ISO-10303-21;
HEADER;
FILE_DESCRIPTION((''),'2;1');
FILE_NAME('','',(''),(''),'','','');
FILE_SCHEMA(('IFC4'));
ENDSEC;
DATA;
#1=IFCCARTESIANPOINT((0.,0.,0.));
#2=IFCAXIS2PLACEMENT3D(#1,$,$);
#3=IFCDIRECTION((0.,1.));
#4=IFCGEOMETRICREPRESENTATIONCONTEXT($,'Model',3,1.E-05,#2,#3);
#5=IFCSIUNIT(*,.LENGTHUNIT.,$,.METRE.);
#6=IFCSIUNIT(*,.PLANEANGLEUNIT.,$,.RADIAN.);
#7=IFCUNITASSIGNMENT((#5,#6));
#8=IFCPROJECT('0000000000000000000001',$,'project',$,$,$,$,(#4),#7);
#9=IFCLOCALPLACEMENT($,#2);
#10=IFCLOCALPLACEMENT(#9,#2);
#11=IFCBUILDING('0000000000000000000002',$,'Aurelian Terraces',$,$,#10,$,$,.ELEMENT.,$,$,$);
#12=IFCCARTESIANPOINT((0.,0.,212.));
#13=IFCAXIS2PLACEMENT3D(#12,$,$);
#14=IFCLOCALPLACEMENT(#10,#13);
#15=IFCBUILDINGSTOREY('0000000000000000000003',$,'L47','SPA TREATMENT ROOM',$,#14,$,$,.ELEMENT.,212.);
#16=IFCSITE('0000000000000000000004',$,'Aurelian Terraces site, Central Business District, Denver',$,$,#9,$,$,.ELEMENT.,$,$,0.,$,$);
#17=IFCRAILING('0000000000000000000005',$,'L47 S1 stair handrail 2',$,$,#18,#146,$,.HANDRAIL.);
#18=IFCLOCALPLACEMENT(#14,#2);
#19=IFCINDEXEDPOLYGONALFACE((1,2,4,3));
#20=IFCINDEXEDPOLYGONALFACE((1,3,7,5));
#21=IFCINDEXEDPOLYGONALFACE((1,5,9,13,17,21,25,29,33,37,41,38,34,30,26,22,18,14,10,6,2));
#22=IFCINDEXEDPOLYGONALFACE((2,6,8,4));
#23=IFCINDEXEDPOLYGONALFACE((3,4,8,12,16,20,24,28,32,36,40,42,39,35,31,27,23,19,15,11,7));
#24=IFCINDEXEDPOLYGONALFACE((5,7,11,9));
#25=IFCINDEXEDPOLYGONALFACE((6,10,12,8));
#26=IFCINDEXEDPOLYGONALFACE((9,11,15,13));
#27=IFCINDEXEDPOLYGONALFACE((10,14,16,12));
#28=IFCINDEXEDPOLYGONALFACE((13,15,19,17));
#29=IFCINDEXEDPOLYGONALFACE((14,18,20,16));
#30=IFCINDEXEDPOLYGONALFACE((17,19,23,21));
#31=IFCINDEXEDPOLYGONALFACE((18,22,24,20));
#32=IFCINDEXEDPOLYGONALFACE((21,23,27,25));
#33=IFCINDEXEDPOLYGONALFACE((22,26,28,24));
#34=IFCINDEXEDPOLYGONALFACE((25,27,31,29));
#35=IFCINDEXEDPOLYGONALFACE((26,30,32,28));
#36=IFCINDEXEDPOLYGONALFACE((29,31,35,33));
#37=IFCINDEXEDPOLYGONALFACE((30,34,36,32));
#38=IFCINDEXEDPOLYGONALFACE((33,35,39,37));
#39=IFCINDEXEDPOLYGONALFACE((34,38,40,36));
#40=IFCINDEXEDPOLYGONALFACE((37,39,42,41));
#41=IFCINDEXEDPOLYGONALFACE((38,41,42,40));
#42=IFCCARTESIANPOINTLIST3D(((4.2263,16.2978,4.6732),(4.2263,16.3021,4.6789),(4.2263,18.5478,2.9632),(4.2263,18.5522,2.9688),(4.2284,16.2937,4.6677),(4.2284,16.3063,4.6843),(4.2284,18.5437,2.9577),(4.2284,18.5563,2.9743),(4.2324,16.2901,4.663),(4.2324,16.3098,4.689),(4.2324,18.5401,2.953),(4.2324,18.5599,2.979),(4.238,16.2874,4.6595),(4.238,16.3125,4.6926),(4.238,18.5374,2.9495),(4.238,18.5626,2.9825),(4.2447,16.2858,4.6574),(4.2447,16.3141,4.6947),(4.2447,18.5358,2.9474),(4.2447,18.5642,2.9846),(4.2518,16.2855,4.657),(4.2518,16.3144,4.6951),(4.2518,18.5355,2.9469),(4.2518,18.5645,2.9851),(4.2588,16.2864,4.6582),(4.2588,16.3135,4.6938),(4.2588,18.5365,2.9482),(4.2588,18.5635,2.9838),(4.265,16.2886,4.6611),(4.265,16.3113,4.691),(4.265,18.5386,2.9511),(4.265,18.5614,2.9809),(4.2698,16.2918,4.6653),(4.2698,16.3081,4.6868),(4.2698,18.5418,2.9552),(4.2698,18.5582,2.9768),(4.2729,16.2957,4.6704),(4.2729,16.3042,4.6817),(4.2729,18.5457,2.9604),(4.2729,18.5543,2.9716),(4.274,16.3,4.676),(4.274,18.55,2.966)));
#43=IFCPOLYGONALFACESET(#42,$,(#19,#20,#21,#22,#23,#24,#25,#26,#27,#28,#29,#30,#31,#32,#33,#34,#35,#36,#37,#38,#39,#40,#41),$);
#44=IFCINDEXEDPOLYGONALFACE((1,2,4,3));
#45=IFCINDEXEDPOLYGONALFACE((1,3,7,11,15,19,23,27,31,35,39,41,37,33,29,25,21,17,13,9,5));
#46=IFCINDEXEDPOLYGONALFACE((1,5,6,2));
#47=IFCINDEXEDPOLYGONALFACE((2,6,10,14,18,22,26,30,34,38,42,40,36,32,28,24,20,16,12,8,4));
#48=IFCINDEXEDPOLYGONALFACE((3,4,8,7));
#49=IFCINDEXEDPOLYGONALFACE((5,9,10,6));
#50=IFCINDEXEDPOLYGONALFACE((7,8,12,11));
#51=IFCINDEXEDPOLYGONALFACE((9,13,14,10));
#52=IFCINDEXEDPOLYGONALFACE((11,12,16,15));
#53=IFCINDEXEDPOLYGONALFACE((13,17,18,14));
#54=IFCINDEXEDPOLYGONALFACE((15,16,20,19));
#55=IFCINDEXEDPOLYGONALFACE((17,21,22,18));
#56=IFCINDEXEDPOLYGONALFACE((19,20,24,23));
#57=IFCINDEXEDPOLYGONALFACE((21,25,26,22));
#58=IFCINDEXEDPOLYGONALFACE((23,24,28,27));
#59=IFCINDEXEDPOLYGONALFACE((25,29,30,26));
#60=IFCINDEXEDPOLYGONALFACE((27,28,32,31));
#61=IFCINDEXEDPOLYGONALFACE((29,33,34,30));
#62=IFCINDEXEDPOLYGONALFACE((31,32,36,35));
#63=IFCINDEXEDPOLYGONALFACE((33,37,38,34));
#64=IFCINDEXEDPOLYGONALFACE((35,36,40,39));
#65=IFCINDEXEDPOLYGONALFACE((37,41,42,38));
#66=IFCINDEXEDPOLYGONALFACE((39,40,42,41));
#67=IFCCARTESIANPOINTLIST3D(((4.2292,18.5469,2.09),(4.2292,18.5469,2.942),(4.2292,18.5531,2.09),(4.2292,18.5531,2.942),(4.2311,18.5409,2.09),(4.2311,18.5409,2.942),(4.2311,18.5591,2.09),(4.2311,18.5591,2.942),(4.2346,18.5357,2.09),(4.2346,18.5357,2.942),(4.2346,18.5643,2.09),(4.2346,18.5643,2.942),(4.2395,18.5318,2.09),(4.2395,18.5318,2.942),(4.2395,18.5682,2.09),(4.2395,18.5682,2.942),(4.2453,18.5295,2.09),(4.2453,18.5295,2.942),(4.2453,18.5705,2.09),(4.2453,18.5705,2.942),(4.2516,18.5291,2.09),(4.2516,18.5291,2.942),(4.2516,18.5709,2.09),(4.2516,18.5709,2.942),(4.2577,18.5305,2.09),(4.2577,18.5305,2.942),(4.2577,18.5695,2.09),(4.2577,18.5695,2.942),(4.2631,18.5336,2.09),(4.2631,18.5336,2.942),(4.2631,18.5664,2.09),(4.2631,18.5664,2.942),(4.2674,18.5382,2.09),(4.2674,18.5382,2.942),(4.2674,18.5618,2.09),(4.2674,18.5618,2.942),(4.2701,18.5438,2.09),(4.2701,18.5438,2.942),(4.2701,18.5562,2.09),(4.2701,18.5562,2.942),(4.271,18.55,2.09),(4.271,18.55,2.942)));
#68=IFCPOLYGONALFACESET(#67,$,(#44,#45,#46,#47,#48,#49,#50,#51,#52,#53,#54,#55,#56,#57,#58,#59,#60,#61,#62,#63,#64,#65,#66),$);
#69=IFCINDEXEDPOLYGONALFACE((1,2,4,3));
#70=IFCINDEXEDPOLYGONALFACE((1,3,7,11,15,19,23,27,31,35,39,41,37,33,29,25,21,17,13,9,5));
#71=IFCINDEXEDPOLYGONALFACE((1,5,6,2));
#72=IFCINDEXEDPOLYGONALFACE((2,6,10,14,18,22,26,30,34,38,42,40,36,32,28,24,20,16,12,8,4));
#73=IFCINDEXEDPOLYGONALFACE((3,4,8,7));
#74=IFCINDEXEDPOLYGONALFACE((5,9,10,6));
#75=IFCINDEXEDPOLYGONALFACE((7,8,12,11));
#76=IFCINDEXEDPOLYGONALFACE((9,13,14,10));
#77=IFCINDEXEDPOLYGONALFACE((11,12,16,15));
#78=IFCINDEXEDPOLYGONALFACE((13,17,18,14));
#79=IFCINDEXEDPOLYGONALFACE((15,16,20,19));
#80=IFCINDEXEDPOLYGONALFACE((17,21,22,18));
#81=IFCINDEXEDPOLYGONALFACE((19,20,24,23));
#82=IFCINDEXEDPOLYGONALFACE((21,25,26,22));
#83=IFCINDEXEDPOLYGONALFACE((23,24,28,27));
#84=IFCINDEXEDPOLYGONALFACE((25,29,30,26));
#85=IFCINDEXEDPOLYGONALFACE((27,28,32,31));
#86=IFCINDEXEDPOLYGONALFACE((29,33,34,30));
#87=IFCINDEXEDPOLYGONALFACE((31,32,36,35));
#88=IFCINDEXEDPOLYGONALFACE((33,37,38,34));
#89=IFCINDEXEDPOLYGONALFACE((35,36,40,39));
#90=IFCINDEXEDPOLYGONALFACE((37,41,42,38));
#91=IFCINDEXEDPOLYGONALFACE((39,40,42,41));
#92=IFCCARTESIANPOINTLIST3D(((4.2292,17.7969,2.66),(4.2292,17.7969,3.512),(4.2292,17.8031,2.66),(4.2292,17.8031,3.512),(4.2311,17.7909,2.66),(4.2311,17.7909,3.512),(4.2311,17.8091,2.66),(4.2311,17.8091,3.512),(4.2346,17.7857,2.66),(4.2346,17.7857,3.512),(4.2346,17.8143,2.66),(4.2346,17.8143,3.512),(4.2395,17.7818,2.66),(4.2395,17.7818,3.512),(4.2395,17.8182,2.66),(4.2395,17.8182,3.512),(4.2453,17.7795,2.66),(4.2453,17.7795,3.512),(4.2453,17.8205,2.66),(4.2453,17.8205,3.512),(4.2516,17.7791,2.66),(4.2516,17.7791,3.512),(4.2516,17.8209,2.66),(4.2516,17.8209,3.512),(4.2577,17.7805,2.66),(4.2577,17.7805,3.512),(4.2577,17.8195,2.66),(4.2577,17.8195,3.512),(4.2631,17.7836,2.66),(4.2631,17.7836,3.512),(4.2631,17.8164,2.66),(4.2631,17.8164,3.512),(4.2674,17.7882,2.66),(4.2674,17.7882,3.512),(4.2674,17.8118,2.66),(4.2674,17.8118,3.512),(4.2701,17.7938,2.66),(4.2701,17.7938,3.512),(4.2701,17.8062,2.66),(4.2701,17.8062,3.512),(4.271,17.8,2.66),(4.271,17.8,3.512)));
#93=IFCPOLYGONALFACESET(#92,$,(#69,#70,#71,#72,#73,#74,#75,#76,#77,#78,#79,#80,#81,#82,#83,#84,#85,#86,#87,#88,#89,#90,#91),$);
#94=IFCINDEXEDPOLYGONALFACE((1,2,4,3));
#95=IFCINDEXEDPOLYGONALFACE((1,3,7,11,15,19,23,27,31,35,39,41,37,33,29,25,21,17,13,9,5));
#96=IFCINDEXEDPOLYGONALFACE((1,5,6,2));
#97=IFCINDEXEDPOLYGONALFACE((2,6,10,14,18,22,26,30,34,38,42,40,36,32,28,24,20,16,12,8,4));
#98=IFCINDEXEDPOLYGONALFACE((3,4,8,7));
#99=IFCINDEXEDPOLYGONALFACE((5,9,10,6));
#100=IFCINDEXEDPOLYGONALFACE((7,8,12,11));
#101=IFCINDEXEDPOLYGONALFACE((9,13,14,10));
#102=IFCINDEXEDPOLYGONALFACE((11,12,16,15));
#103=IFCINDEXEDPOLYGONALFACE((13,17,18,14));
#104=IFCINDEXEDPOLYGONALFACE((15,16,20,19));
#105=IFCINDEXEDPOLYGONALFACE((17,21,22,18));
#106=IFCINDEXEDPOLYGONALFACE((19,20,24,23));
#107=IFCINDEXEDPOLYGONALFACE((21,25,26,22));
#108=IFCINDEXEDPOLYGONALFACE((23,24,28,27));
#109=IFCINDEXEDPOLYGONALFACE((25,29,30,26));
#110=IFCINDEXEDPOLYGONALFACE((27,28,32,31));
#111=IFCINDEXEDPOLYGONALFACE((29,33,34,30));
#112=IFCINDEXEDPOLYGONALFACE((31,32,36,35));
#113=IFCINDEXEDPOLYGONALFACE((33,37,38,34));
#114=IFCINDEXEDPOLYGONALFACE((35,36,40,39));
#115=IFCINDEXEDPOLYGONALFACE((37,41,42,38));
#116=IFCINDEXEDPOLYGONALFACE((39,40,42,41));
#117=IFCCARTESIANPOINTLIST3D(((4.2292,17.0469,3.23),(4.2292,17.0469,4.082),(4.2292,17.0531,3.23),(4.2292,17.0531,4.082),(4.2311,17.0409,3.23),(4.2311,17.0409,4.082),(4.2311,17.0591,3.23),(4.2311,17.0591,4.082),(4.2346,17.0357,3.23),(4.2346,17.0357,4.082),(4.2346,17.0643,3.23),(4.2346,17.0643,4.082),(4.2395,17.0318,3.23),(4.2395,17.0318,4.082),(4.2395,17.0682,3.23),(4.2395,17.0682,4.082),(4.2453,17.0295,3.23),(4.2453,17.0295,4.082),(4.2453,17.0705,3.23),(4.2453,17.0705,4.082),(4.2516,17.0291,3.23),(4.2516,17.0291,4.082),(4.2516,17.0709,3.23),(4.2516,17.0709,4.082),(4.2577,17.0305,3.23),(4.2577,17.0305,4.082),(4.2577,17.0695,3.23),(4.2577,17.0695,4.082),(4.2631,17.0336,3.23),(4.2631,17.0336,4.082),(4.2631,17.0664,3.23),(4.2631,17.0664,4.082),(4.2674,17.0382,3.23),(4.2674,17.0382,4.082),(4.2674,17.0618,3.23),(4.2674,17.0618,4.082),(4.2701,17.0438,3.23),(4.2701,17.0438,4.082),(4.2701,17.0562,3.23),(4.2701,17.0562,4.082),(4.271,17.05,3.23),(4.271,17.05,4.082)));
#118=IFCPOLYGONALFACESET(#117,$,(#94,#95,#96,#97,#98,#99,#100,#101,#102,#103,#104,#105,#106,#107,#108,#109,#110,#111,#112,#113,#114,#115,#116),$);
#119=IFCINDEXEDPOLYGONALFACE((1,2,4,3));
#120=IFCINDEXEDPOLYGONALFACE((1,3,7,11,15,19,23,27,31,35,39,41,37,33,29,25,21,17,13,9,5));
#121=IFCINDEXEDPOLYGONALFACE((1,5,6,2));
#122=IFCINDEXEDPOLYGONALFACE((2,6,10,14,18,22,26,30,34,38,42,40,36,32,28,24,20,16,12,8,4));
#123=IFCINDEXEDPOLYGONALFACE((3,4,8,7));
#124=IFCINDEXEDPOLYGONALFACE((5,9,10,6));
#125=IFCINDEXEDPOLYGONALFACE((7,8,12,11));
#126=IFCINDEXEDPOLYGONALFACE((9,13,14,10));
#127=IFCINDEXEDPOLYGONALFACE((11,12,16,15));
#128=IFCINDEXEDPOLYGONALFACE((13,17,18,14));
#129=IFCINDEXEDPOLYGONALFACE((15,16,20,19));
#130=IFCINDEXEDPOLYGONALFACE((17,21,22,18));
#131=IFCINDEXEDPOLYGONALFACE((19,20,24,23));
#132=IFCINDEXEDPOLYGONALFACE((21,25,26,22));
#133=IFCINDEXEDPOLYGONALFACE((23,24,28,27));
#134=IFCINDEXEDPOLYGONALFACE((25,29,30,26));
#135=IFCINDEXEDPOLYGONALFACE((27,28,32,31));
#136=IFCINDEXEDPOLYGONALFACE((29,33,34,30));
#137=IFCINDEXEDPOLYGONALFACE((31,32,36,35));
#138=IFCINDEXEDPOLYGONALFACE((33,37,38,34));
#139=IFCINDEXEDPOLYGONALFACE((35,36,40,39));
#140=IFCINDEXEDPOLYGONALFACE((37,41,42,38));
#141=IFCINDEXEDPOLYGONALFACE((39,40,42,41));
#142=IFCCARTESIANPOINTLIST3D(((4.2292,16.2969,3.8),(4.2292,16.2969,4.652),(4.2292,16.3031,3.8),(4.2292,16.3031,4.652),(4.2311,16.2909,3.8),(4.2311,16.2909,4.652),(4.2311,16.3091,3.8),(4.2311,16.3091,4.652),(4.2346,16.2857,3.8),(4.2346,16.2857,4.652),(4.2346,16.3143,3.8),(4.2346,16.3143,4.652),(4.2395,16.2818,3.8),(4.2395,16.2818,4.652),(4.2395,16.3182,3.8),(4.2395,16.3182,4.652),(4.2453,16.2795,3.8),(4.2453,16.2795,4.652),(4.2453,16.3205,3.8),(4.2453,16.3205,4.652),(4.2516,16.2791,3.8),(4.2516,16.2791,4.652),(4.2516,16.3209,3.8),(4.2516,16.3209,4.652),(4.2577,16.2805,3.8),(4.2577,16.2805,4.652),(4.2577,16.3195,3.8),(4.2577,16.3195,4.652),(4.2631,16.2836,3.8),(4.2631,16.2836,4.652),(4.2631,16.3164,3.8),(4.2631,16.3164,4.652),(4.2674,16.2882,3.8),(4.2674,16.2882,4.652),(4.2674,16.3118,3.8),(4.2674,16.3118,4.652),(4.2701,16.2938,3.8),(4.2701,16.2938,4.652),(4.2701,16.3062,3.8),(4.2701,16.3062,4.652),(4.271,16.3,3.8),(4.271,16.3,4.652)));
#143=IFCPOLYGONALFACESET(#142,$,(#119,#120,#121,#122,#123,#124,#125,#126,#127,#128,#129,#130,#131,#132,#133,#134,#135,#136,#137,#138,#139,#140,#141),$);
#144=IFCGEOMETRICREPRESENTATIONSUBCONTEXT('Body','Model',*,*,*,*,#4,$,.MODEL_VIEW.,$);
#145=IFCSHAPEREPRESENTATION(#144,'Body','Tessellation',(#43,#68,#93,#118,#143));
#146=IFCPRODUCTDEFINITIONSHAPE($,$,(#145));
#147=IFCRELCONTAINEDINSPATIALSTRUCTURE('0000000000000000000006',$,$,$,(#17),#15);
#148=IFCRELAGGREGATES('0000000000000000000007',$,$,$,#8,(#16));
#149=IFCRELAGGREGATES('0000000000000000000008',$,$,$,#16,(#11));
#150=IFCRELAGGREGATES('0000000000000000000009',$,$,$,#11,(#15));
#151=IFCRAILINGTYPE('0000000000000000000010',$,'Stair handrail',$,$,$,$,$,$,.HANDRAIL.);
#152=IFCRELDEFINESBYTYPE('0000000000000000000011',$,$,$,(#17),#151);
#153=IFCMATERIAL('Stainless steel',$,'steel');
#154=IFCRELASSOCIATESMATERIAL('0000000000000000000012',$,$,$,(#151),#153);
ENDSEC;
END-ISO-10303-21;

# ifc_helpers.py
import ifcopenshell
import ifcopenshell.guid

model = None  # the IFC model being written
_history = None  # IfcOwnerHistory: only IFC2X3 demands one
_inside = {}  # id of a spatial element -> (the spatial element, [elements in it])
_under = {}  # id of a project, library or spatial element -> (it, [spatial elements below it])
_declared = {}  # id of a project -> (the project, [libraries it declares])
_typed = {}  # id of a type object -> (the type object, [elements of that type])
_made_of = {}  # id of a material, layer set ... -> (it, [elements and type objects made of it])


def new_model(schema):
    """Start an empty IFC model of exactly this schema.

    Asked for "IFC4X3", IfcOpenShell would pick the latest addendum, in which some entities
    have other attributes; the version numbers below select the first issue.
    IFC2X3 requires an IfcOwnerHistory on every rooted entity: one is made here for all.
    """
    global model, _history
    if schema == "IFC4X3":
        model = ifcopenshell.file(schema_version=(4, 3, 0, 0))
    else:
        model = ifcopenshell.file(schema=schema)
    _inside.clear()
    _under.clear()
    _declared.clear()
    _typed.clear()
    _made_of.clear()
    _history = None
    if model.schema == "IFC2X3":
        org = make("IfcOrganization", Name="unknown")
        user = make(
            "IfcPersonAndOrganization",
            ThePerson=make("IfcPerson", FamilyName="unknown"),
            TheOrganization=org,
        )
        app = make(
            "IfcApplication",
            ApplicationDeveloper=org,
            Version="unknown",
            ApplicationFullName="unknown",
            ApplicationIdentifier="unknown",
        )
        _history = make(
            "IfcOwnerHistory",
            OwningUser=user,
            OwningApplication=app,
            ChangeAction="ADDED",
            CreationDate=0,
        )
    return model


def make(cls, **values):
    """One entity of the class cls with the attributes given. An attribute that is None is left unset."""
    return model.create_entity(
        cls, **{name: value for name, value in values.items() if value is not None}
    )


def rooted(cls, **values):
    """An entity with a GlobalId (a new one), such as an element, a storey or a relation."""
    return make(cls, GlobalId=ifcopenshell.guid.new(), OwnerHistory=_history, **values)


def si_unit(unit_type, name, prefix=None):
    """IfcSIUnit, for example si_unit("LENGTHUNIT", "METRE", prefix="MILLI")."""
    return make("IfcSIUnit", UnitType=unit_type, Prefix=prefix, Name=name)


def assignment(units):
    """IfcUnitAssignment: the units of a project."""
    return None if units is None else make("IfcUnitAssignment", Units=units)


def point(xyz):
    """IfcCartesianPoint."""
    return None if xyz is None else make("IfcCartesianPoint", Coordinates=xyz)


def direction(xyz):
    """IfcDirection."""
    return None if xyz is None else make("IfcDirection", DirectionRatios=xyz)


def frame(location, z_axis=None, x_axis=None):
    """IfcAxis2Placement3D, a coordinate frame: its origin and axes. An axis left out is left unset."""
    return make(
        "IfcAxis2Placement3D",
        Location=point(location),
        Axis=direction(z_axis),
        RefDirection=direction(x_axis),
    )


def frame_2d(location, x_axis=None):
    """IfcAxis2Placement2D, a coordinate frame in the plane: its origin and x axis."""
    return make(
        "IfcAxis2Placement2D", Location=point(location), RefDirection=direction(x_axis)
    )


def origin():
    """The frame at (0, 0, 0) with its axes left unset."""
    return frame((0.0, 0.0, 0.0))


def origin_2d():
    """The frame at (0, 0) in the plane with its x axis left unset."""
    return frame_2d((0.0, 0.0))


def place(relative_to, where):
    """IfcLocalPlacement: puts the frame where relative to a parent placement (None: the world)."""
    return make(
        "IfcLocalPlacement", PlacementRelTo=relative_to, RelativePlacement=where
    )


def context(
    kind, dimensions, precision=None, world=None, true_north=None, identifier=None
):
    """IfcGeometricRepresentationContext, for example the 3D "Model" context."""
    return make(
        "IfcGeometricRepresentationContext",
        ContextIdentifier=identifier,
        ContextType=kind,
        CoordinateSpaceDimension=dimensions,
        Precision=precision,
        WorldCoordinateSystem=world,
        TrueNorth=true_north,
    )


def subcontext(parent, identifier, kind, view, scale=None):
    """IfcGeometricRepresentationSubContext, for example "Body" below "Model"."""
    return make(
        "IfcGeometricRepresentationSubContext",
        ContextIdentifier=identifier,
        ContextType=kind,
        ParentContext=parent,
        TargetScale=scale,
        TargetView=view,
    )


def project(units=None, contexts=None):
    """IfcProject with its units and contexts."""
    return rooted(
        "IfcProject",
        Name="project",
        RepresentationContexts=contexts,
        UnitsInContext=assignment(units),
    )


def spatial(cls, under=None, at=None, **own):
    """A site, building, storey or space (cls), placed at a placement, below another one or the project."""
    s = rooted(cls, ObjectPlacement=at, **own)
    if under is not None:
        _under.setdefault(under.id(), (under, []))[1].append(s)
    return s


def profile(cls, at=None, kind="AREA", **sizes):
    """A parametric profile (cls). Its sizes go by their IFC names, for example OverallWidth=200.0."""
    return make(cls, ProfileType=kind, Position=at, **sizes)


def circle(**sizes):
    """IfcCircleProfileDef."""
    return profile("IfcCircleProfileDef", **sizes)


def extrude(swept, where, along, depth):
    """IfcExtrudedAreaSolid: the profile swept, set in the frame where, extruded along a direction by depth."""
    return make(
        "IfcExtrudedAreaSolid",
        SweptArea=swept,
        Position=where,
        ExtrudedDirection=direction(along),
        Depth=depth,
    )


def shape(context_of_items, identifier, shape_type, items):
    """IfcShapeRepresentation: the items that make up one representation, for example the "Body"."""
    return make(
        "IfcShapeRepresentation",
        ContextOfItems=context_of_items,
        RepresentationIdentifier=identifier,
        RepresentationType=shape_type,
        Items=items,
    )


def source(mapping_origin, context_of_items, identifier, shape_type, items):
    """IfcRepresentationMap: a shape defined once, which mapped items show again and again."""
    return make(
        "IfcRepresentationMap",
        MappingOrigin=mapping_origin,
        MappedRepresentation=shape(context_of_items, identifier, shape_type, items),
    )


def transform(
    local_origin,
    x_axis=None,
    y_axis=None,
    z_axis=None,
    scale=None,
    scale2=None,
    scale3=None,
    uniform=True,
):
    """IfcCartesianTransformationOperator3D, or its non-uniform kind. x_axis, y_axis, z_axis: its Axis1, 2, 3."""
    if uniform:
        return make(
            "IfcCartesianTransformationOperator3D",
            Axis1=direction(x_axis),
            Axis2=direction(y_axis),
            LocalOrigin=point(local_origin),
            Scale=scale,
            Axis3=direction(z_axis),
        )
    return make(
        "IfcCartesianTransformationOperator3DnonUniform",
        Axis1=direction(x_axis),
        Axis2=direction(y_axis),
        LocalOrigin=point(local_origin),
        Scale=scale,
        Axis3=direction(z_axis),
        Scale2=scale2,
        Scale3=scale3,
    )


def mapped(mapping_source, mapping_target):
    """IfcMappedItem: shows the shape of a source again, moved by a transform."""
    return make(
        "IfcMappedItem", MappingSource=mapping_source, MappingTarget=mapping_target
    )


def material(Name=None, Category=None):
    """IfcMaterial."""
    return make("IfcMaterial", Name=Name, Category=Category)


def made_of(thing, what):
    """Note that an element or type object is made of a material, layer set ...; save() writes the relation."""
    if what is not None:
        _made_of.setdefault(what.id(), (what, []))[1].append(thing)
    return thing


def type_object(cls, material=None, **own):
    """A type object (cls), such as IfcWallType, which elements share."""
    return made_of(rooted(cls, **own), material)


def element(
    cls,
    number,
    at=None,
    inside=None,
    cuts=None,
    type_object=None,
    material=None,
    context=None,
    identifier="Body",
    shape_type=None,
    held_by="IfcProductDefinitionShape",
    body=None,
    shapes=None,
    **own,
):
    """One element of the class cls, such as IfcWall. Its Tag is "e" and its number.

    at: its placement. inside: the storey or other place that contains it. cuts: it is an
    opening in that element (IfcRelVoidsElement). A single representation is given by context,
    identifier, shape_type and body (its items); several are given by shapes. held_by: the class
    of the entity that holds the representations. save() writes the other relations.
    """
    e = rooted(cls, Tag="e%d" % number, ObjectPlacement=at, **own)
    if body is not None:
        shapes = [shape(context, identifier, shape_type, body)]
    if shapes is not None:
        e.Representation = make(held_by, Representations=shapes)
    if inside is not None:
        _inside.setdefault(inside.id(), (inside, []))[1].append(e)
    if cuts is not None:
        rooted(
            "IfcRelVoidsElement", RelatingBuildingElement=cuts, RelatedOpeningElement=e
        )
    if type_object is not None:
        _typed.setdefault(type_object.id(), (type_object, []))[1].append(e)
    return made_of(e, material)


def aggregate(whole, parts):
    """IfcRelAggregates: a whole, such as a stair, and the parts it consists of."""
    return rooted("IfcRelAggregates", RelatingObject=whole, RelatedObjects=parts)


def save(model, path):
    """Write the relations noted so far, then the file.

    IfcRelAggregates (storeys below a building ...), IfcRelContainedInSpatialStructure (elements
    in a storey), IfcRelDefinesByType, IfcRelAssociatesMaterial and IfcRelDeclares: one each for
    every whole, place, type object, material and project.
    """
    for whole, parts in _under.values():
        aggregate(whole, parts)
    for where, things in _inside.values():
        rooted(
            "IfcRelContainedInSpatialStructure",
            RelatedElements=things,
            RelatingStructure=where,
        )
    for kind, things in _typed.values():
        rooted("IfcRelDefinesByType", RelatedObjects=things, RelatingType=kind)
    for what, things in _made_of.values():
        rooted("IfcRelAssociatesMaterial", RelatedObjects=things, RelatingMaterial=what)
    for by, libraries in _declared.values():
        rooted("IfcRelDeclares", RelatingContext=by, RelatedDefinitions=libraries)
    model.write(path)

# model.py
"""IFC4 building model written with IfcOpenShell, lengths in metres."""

from ifc_helpers import new_model, si_unit, direction, frame, origin, origin_2d, place, context, subcontext, project, spatial, circle, extrude, source, transform, mapped, material, type_object, element, save


model = new_model("IFC4")

# Units and contexts
model_context = context("Model", 3, precision=1e-05, world=origin(), true_north=direction((0.0, 1.0)))
body_context = subcontext(model_context, "Body", "Model", "MODEL_VIEW")
ifc_project = project(units=[si_unit("LENGTHUNIT", "METRE"), si_unit("PLANEANGLEUNIT", "RADIAN")], contexts=[model_context])

# Site, building, storey
site_placement = place(None, origin())
site = spatial("IfcSite", under=ifc_project, at=site_placement, Name="Aurelian Terraces site, Central Business District, Denver", CompositionType="ELEMENT", RefElevation=0.0)
building_placement = place(site_placement, origin())
building = spatial("IfcBuilding", under=site, at=building_placement, Name="Aurelian Terraces", CompositionType="ELEMENT")
storey_placement = place(building_placement, frame((0.0, 0.0, 212.0)))
storey = spatial("IfcBuildingStorey", under=building, at=storey_placement, Name="L47", Description="SPA TREATMENT ROOM", CompositionType="ELEMENT", Elevation=212.0)

# Railing
ifc_material_1 = material(Name="Stainless steel", Category="steel")
railing_type_1 = type_object("IfcRailingType", Name="Stair handrail", PredefinedType="HANDRAIL", material=ifc_material_1)
shared_shape_1 = source(origin(), body_context, "Body", "SweptSolid", [
    extrude(circle(Radius=0.024, at=origin_2d()), frame((0.0, 0.0, 0.876), z_axis=(0.0, -0.796162, 0.605083), x_axis=(1.0, 0.0, 0.0)), (0.0, 0.0, 1.0), 2.8261),
    extrude(circle(Radius=0.021, at=origin_2d()), origin(), (0.0, 0.0, 1.0), 0.852),
    extrude(circle(Radius=0.021, at=origin_2d()), frame((0.0, -0.75, 0.57)), (0.0, 0.0, 1.0), 0.852),
    extrude(circle(Radius=0.021, at=origin_2d()), frame((0.0, -1.5, 1.14)), (0.0, 0.0, 1.0), 0.852),
    extrude(circle(Radius=0.021, at=origin_2d()), frame((0.0, -2.25, 1.71)), (0.0, 0.0, 1.0), 0.852),
])
railing_1_placement = place(storey_placement, frame((4.25, 18.55, 2.09)))
element("IfcRailing", 1, at=railing_1_placement, inside=storey, type_object=railing_type_1, Name="L47 S1 stair handrail 2", PredefinedType="HANDRAIL", context=body_context, shape_type="MappedRepresentation", body=[
    mapped(shared_shape_1, transform((0.0, 0.0, 0.0), scale=1.0)),
])

save(model, "model.ifc")
